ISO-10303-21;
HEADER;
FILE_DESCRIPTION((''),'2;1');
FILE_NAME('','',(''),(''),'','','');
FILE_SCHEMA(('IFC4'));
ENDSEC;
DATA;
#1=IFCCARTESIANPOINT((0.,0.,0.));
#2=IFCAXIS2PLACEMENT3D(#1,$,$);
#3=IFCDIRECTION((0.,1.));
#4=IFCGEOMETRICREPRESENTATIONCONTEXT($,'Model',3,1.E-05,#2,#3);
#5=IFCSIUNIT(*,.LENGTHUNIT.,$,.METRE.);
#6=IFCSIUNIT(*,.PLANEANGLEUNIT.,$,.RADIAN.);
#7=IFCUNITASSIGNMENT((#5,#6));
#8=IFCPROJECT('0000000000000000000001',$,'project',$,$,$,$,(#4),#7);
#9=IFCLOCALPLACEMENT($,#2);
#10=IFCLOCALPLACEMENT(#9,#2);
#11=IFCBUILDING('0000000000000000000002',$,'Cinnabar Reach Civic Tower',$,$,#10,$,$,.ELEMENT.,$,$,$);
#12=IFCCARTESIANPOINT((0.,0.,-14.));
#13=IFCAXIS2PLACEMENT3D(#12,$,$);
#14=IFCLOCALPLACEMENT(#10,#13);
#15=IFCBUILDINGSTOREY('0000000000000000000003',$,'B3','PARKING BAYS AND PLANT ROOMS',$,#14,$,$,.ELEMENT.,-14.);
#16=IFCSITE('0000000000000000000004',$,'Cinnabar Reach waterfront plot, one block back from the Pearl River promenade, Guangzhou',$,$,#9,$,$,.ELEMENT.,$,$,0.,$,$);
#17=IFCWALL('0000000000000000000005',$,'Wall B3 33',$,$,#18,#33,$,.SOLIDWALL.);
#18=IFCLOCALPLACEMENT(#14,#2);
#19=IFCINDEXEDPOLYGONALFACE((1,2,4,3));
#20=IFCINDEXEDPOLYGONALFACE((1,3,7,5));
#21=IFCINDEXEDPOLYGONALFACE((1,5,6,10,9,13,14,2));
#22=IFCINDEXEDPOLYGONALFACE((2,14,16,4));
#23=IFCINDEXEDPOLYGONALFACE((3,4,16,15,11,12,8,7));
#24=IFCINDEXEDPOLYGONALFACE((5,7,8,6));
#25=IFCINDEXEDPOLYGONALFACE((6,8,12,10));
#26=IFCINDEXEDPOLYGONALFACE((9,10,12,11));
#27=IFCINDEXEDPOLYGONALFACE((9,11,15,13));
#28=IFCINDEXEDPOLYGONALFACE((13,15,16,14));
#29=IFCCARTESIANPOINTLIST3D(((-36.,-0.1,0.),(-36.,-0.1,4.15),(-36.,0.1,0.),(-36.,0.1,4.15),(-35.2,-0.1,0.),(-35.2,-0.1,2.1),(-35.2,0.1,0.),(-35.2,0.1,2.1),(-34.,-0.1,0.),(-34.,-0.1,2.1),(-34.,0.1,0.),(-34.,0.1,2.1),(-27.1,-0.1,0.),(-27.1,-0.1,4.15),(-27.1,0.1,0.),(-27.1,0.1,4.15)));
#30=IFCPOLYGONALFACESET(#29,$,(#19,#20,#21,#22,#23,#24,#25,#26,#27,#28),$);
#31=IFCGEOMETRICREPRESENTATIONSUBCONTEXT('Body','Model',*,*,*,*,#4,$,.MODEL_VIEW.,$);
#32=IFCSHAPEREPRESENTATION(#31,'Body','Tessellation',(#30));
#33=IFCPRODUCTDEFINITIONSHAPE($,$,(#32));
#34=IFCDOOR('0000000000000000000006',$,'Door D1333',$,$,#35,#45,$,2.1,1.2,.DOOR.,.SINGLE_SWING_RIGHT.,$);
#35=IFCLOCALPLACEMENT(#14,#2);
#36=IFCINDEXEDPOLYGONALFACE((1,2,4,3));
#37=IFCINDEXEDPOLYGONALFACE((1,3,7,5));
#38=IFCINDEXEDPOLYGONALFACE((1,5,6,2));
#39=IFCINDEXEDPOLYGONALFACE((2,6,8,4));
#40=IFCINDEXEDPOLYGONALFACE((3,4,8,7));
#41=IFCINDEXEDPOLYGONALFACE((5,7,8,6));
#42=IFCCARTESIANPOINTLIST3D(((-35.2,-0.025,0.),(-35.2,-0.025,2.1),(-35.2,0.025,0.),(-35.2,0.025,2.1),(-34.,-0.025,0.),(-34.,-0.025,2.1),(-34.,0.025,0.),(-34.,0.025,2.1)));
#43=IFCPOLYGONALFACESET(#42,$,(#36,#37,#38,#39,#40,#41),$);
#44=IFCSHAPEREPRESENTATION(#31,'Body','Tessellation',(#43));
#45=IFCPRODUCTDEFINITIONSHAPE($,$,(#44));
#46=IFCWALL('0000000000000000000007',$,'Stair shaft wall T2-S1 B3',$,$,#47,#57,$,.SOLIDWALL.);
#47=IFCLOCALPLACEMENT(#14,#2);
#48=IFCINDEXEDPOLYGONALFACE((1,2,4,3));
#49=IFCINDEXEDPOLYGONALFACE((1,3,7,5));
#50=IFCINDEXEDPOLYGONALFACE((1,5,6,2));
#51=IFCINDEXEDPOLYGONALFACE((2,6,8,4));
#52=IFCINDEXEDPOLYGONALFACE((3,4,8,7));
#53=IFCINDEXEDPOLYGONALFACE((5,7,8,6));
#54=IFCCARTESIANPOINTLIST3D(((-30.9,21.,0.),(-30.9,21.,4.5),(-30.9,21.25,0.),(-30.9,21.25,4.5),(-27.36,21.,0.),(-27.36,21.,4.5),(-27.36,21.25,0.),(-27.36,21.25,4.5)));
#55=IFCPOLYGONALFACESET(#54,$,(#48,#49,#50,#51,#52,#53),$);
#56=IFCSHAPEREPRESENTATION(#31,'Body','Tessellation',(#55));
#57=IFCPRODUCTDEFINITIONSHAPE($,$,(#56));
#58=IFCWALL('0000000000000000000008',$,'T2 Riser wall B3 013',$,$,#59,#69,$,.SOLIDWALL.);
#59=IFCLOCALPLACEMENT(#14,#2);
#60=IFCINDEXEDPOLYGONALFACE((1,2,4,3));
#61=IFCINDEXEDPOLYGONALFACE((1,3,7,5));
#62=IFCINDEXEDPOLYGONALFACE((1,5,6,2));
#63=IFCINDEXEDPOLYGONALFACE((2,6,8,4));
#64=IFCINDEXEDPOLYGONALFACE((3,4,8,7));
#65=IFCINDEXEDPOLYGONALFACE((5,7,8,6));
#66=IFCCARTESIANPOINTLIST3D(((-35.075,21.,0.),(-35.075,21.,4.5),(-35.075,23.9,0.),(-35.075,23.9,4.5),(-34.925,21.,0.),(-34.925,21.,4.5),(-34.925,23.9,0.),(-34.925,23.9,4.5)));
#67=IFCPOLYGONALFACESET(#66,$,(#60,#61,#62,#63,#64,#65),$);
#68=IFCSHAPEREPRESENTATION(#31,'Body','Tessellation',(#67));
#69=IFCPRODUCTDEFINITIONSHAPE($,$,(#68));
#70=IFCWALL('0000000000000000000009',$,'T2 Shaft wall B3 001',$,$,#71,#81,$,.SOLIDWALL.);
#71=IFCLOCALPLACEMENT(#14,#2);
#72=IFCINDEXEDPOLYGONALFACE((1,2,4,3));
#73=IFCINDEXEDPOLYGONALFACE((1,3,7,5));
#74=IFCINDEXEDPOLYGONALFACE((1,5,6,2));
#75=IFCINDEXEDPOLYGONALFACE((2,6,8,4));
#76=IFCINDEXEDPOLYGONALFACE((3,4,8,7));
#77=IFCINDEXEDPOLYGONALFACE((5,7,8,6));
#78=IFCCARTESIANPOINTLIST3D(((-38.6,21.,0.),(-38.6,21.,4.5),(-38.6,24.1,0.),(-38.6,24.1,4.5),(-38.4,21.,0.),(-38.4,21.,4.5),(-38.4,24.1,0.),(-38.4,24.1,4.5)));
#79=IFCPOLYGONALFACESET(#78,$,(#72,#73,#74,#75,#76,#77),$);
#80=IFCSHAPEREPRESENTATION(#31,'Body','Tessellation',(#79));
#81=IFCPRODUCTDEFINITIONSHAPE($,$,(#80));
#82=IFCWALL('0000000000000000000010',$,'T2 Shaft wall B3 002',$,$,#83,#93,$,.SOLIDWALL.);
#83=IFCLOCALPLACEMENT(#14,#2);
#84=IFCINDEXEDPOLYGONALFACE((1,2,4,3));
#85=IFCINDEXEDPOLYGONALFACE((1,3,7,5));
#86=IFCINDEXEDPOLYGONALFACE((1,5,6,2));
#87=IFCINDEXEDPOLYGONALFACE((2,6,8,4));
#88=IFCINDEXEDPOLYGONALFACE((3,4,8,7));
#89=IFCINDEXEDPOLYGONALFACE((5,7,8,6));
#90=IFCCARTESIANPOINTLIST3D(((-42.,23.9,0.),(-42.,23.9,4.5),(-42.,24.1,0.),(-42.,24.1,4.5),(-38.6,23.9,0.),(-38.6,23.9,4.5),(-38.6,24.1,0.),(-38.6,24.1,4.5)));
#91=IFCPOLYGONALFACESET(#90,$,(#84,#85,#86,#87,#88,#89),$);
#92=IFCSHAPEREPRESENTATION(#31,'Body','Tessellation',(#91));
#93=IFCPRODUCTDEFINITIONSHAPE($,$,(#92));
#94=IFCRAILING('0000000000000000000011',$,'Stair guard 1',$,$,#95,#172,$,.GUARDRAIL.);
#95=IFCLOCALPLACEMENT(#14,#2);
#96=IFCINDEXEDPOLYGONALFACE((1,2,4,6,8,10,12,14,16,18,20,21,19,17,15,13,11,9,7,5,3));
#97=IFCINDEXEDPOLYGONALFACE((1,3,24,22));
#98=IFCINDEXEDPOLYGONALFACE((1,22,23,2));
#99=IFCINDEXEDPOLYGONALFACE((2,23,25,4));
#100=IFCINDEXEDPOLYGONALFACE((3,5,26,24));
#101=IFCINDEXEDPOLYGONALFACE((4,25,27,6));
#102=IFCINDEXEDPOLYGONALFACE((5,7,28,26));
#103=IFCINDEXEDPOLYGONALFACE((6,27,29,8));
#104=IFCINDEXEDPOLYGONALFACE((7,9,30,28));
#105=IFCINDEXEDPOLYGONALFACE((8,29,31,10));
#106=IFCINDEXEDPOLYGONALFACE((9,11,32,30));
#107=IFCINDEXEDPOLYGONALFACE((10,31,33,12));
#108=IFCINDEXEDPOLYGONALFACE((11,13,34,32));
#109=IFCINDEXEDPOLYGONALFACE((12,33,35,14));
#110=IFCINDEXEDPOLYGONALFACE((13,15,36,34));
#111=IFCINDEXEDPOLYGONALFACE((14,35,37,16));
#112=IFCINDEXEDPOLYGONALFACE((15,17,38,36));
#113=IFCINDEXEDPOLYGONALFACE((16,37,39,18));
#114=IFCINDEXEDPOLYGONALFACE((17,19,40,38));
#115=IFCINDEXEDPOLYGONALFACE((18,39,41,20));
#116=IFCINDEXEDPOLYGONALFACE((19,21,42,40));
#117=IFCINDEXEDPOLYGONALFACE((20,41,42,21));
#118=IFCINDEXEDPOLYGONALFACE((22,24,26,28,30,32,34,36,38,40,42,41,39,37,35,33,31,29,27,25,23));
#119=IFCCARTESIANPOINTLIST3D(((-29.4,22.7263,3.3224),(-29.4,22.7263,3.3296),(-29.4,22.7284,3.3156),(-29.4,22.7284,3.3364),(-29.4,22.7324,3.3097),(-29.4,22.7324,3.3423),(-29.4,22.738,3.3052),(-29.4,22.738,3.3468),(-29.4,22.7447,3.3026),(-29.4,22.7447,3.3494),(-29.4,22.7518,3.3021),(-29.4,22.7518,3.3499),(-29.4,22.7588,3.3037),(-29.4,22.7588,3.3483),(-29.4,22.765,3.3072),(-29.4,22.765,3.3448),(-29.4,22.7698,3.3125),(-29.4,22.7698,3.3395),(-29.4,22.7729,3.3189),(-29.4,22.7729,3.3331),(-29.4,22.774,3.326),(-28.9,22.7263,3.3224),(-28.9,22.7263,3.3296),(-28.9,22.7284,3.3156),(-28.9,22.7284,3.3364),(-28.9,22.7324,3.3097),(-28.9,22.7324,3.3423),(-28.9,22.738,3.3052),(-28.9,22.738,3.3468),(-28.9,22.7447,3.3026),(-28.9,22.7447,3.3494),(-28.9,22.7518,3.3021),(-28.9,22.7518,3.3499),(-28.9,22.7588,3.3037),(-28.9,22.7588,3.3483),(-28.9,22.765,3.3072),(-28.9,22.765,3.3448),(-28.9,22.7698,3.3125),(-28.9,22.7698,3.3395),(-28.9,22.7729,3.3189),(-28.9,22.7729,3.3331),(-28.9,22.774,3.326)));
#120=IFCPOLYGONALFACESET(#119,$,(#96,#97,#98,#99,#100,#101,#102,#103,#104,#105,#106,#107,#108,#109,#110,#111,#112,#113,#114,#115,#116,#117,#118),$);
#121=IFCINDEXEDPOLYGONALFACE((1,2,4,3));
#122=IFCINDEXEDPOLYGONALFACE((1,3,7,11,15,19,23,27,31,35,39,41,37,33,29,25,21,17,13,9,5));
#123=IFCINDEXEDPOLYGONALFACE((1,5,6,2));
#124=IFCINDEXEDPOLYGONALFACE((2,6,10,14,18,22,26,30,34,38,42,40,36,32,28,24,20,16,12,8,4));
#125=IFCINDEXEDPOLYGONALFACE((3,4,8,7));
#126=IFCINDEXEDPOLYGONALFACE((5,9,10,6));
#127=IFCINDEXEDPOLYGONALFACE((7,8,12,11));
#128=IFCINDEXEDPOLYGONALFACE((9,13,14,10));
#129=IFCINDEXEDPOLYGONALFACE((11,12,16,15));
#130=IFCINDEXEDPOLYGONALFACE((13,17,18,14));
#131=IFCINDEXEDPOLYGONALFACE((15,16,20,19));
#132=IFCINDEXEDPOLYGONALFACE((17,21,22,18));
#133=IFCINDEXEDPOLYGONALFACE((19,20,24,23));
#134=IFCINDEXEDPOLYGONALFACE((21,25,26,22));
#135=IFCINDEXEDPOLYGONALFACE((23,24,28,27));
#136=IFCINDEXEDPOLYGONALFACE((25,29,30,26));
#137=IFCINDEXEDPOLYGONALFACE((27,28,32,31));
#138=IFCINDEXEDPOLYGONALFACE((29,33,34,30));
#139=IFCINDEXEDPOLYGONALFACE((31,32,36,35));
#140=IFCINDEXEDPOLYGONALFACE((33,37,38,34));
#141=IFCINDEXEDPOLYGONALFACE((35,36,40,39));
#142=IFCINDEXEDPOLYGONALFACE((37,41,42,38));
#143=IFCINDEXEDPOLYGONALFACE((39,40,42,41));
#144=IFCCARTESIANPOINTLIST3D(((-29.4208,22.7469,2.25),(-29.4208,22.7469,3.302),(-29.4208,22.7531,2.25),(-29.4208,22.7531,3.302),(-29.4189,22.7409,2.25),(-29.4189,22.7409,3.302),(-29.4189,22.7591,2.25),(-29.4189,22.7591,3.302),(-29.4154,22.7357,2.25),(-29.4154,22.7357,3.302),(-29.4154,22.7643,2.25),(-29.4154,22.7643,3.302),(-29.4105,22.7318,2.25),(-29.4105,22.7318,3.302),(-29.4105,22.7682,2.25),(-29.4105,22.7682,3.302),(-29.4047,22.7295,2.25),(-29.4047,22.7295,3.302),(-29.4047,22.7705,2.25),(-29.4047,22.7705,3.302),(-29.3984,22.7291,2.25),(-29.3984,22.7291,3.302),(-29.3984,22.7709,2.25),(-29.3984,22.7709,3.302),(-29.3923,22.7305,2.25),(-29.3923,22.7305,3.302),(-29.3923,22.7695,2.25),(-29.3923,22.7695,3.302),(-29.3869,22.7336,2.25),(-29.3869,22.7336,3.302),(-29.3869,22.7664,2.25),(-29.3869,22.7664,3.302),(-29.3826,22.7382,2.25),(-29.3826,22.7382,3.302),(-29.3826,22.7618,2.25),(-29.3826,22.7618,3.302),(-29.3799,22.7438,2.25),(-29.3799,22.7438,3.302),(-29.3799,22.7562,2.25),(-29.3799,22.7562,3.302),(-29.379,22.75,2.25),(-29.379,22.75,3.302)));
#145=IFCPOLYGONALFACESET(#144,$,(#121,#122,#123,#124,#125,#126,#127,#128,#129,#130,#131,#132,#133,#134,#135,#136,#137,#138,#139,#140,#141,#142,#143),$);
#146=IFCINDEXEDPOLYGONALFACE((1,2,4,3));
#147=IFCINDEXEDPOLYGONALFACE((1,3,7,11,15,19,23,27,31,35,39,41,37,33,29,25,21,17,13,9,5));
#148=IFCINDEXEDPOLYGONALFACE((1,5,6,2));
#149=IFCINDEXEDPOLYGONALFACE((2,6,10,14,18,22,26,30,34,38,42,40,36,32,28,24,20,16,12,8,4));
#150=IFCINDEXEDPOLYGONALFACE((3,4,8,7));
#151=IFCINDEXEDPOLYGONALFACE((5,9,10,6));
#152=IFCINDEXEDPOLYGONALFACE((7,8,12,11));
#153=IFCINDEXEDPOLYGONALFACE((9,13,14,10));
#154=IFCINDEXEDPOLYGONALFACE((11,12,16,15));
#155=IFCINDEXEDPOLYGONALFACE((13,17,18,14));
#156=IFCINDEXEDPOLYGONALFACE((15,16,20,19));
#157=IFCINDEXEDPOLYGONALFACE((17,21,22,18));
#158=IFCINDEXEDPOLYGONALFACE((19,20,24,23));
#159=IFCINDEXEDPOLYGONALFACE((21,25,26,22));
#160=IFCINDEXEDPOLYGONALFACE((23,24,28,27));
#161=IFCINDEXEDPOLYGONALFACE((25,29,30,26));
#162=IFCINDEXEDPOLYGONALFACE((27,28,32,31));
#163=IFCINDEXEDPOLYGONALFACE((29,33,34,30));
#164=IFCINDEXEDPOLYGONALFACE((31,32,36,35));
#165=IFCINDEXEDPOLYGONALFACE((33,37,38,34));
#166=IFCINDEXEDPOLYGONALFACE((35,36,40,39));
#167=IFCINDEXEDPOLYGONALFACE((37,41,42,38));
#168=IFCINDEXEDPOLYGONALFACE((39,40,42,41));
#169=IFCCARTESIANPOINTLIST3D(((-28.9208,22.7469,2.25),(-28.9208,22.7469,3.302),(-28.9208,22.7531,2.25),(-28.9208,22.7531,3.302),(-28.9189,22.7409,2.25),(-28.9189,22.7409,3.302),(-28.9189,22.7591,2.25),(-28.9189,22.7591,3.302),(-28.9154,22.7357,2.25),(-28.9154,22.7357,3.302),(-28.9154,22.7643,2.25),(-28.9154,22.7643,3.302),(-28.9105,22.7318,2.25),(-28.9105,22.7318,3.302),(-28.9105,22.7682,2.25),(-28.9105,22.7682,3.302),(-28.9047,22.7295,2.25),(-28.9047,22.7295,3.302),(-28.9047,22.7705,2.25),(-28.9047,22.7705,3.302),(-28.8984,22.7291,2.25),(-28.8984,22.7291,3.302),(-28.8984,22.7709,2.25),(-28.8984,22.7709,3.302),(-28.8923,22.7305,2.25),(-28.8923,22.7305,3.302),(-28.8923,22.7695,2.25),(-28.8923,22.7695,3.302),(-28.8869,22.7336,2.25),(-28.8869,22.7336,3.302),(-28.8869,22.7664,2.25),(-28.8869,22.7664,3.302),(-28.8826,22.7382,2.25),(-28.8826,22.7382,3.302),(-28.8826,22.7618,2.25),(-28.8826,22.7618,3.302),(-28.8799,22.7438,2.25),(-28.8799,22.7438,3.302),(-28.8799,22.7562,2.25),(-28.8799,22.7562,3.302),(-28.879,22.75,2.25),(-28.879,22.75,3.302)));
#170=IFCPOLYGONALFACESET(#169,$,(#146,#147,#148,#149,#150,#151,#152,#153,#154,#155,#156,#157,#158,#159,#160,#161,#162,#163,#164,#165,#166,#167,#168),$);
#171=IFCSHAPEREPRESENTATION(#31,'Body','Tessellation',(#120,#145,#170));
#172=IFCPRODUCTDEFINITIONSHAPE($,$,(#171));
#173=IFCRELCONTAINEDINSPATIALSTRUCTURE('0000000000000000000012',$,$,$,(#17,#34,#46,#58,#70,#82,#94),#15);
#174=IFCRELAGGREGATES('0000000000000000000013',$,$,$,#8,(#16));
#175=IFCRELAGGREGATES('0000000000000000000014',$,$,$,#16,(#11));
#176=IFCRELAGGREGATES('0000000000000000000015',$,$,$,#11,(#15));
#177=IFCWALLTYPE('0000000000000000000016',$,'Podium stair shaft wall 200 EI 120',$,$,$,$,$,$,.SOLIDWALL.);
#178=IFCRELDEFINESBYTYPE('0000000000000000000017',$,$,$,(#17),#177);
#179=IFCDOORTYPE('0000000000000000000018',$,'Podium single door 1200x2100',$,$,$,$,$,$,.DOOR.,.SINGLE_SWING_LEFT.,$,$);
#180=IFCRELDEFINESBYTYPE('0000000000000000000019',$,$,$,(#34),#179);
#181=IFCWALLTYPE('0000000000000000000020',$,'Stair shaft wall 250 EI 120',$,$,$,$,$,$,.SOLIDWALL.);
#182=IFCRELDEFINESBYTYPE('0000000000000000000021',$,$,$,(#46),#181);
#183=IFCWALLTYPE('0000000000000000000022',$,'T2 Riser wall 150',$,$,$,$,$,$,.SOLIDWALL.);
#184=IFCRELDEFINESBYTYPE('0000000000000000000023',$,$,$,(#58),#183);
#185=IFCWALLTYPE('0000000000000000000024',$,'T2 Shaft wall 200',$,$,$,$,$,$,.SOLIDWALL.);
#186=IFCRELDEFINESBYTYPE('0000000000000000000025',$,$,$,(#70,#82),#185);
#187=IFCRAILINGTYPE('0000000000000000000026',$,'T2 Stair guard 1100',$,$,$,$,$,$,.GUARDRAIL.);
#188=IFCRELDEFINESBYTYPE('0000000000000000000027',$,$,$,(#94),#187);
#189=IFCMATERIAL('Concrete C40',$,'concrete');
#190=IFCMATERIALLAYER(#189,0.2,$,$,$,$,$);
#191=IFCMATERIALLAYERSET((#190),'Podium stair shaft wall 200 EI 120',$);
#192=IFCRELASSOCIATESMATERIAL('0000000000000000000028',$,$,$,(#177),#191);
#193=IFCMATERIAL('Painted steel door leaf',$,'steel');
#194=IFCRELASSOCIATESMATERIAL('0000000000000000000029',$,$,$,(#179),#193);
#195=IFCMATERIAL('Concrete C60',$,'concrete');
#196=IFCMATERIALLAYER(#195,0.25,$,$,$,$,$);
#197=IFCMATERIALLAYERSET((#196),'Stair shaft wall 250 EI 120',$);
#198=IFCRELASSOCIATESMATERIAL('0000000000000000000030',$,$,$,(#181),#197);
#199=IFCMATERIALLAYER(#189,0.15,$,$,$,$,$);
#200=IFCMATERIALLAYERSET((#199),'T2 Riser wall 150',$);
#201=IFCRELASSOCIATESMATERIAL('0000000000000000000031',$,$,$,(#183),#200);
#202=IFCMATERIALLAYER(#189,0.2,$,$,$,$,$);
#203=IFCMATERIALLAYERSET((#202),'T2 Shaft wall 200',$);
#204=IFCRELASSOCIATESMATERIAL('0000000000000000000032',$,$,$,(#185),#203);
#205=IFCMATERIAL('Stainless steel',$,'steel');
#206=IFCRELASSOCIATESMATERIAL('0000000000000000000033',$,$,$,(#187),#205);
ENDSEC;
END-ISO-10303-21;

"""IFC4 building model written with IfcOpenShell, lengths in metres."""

from ifc_helpers import new_model, si_unit, direction, frame, frame_2d, origin, origin_2d, place, context, subcontext, project, spatial, rectangle, circle, extrude, material, layer, layer_set, type_object, element, fill, save


model = new_model("IFC4")

# Units and contexts
model_context = context("Model", 3, precision=1e-05, world=origin(), true_north=direction((0.0, 1.0)))
body_context = subcontext(model_context, "Body", "Model", "MODEL_VIEW")
ifc_project = project(units=[si_unit("LENGTHUNIT", "METRE"), si_unit("PLANEANGLEUNIT", "RADIAN")], contexts=[model_context])

# Site, building, storey
site_placement = place(None, origin())
site = spatial("IfcSite", under=ifc_project, at=site_placement, Name="Cinnabar Reach waterfront plot, one block back from the Pearl River promenade, Guangzhou", CompositionType="ELEMENT", RefElevation=0.0)
building_placement = place(site_placement, origin())
building = spatial("IfcBuilding", under=site, at=building_placement, Name="Cinnabar Reach Civic Tower", CompositionType="ELEMENT")
storey_placement = place(building_placement, frame((0.0, 0.0, -14.0)))
storey = spatial("IfcBuildingStorey", under=building, at=storey_placement, Name="B3", Description="PARKING BAYS AND PLANT ROOMS", CompositionType="ELEMENT", Elevation=-14.0)

# Shared definitions
ifc_material_1 = material(Name="Concrete C40", Category="concrete")

# Shared definitions
ifc_material_2 = material(Name="Concrete C60", Category="concrete")

# Wall, opening, door
ifc_material_3 = material(Name="Painted steel door leaf", Category="steel")
ifc_layer_1 = layer(ifc_material_1, 0.2)
ifc_layer_set_1 = layer_set([ifc_layer_1], Name="Podium stair shaft wall 200 EI 120")
wall_type_1 = type_object("IfcWallType", Name="Podium stair shaft wall 200 EI 120", PredefinedType="SOLIDWALL", material=ifc_layer_set_1)
wall_1_placement = place(storey_placement, frame((-36.0, 0.0, 0.0), z_axis=(0.0, 0.0, 1.0), x_axis=(1.0, 0.0, 0.0)))
wall_1 = element("IfcWall", 1, at=wall_1_placement, inside=storey, type_object=wall_type_1, Name="Wall B3 33", PredefinedType="SOLIDWALL", context=body_context, shape_type="SweptSolid", body=[
    extrude(rectangle(XDim=8.9, YDim=0.2, at=frame_2d((4.45, 0.0))), origin(), (0.0, 0.0, 1.0), 4.15),
])
opening_1_placement = place(wall_1_placement, frame((0.8, 0.0, 0.0)))
opening_1 = element("IfcOpeningElement", 2, at=opening_1_placement, cuts=wall_1, PredefinedType="OPENING", context=body_context, shape_type="SweptSolid", body=[
    extrude(rectangle(XDim=1.2, YDim=2.1, at=frame_2d((0.6, 1.05))), frame((0.0, 0.11, 0.0), z_axis=(0.0, -1.0, 0.0), x_axis=(1.0, 0.0, 0.0)), (0.0, 0.0, 1.0), 0.22),
])
door_type_1 = type_object("IfcDoorType", Name="Podium single door 1200x2100", OperationType="SINGLE_SWING_LEFT", PredefinedType="DOOR", material=ifc_material_3)
door_1_placement = place(opening_1_placement, frame((1.2, 0.0, 0.0), z_axis=(0.0, 0.0, 1.0), x_axis=(-1.0, 0.0, 0.0)))
door_1 = element("IfcDoor", 3, at=door_1_placement, inside=storey, type_object=door_type_1, Name="Door D1333", OperationType="SINGLE_SWING_RIGHT", OverallHeight=2.1, OverallWidth=1.2, PredefinedType="DOOR", context=body_context, shape_type="SweptSolid", body=[
    extrude(rectangle(XDim=1.2, YDim=2.1, at=frame_2d((0.6, 1.05))), frame((0.0, 0.025, 0.0), z_axis=(0.0, -1.0, 0.0), x_axis=(1.0, 0.0, 0.0)), (0.0, 0.0, 1.0), 0.05),
])
fill(opening_1, door_1)

# Walls
ifc_layer_2 = layer(ifc_material_2, 0.25)
ifc_layer_set_2 = layer_set([ifc_layer_2], Name="Stair shaft wall 250 EI 120")
wall_type_2 = type_object("IfcWallType", Name="Stair shaft wall 250 EI 120", PredefinedType="SOLIDWALL", material=ifc_layer_set_2)
wall_2_placement = place(storey_placement, frame((-30.9, 21.125, 0.0), z_axis=(0.0, 0.0, 1.0), x_axis=(1.0, 0.0, 0.0)))
element("IfcWall", 4, at=wall_2_placement, inside=storey, type_object=wall_type_2, Name="Stair shaft wall T2-S1 B3", PredefinedType="SOLIDWALL", context=body_context, shape_type="SweptSolid", body=[
    extrude(rectangle(XDim=3.54, YDim=0.25, at=frame_2d((1.77, 0.0))), origin(), (0.0, 0.0, 1.0), 4.5),
])
ifc_layer_3 = layer(ifc_material_1, 0.15)
ifc_layer_set_3 = layer_set([ifc_layer_3], Name="T2 Riser wall 150")
wall_type_3 = type_object("IfcWallType", Name="T2 Riser wall 150", PredefinedType="SOLIDWALL", material=ifc_layer_set_3)
wall_3_placement = place(storey_placement, frame((-35.0, 21.0, 0.0), z_axis=(0.0, 0.0, 1.0), x_axis=(0.0, 1.0, 0.0)))
element("IfcWall", 5, at=wall_3_placement, inside=storey, type_object=wall_type_3, Name="T2 Riser wall B3 013", PredefinedType="SOLIDWALL", context=body_context, shape_type="SweptSolid", body=[
    extrude(rectangle(XDim=2.9, YDim=0.15, at=frame_2d((1.45, 0.0))), origin(), (0.0, 0.0, 1.0), 4.5),
])
ifc_layer_4 = layer(ifc_material_1, 0.2)
ifc_layer_set_4 = layer_set([ifc_layer_4], Name="T2 Shaft wall 200")
wall_type_4 = type_object("IfcWallType", Name="T2 Shaft wall 200", PredefinedType="SOLIDWALL", material=ifc_layer_set_4)
wall_4_placement = place(storey_placement, frame((-38.5, 21.0, 0.0), z_axis=(0.0, 0.0, 1.0), x_axis=(0.0, 1.0, 0.0)))
element("IfcWall", 6, at=wall_4_placement, inside=storey, type_object=wall_type_4, Name="T2 Shaft wall B3 001", PredefinedType="SOLIDWALL", context=body_context, shape_type="SweptSolid", body=[
    extrude(rectangle(XDim=3.1, YDim=0.2, at=frame_2d((1.55, 0.0))), origin(), (0.0, 0.0, 1.0), 4.5),
])
wall_5_placement = place(storey_placement, frame((-38.6, 24.0, 0.0), z_axis=(0.0, 0.0, 1.0), x_axis=(-1.0, 0.0, 0.0)))
element("IfcWall", 7, at=wall_5_placement, inside=storey, type_object=wall_type_4, Name="T2 Shaft wall B3 002", PredefinedType="SOLIDWALL", context=body_context, shape_type="SweptSolid", body=[
    extrude(rectangle(XDim=3.4, YDim=0.2, at=frame_2d((1.7, 0.0))), origin(), (0.0, 0.0, 1.0), 4.5),
])

# Railing
ifc_material_4 = material(Name="Stainless steel", Category="steel")
railing_type_1 = type_object("IfcRailingType", Name="T2 Stair guard 1100", PredefinedType="GUARDRAIL", material=ifc_material_4)
railing_1_placement = place(storey_placement, frame((-29.4, 22.75, 2.25)))
element("IfcRailing", 8, at=railing_1_placement, inside=storey, type_object=railing_type_1, Name="Stair guard 1", PredefinedType="GUARDRAIL", context=body_context, shape_type="SweptSolid", body=[
    extrude(circle(Radius=0.024, at=origin_2d()), frame((0.0, 0.0, 1.076), z_axis=(1.0, 0.0, 0.0), x_axis=(0.0, 1.0, 0.0)), (0.0, 0.0, 1.0), 0.5),
    extrude(circle(Radius=0.021, at=origin_2d()), origin(), (0.0, 0.0, 1.0), 1.052),
    extrude(circle(Radius=0.021, at=origin_2d()), frame((0.5, 0.0, 0.0)), (0.0, 0.0, 1.0), 1.052),
])

save(model, "model.ifc")
